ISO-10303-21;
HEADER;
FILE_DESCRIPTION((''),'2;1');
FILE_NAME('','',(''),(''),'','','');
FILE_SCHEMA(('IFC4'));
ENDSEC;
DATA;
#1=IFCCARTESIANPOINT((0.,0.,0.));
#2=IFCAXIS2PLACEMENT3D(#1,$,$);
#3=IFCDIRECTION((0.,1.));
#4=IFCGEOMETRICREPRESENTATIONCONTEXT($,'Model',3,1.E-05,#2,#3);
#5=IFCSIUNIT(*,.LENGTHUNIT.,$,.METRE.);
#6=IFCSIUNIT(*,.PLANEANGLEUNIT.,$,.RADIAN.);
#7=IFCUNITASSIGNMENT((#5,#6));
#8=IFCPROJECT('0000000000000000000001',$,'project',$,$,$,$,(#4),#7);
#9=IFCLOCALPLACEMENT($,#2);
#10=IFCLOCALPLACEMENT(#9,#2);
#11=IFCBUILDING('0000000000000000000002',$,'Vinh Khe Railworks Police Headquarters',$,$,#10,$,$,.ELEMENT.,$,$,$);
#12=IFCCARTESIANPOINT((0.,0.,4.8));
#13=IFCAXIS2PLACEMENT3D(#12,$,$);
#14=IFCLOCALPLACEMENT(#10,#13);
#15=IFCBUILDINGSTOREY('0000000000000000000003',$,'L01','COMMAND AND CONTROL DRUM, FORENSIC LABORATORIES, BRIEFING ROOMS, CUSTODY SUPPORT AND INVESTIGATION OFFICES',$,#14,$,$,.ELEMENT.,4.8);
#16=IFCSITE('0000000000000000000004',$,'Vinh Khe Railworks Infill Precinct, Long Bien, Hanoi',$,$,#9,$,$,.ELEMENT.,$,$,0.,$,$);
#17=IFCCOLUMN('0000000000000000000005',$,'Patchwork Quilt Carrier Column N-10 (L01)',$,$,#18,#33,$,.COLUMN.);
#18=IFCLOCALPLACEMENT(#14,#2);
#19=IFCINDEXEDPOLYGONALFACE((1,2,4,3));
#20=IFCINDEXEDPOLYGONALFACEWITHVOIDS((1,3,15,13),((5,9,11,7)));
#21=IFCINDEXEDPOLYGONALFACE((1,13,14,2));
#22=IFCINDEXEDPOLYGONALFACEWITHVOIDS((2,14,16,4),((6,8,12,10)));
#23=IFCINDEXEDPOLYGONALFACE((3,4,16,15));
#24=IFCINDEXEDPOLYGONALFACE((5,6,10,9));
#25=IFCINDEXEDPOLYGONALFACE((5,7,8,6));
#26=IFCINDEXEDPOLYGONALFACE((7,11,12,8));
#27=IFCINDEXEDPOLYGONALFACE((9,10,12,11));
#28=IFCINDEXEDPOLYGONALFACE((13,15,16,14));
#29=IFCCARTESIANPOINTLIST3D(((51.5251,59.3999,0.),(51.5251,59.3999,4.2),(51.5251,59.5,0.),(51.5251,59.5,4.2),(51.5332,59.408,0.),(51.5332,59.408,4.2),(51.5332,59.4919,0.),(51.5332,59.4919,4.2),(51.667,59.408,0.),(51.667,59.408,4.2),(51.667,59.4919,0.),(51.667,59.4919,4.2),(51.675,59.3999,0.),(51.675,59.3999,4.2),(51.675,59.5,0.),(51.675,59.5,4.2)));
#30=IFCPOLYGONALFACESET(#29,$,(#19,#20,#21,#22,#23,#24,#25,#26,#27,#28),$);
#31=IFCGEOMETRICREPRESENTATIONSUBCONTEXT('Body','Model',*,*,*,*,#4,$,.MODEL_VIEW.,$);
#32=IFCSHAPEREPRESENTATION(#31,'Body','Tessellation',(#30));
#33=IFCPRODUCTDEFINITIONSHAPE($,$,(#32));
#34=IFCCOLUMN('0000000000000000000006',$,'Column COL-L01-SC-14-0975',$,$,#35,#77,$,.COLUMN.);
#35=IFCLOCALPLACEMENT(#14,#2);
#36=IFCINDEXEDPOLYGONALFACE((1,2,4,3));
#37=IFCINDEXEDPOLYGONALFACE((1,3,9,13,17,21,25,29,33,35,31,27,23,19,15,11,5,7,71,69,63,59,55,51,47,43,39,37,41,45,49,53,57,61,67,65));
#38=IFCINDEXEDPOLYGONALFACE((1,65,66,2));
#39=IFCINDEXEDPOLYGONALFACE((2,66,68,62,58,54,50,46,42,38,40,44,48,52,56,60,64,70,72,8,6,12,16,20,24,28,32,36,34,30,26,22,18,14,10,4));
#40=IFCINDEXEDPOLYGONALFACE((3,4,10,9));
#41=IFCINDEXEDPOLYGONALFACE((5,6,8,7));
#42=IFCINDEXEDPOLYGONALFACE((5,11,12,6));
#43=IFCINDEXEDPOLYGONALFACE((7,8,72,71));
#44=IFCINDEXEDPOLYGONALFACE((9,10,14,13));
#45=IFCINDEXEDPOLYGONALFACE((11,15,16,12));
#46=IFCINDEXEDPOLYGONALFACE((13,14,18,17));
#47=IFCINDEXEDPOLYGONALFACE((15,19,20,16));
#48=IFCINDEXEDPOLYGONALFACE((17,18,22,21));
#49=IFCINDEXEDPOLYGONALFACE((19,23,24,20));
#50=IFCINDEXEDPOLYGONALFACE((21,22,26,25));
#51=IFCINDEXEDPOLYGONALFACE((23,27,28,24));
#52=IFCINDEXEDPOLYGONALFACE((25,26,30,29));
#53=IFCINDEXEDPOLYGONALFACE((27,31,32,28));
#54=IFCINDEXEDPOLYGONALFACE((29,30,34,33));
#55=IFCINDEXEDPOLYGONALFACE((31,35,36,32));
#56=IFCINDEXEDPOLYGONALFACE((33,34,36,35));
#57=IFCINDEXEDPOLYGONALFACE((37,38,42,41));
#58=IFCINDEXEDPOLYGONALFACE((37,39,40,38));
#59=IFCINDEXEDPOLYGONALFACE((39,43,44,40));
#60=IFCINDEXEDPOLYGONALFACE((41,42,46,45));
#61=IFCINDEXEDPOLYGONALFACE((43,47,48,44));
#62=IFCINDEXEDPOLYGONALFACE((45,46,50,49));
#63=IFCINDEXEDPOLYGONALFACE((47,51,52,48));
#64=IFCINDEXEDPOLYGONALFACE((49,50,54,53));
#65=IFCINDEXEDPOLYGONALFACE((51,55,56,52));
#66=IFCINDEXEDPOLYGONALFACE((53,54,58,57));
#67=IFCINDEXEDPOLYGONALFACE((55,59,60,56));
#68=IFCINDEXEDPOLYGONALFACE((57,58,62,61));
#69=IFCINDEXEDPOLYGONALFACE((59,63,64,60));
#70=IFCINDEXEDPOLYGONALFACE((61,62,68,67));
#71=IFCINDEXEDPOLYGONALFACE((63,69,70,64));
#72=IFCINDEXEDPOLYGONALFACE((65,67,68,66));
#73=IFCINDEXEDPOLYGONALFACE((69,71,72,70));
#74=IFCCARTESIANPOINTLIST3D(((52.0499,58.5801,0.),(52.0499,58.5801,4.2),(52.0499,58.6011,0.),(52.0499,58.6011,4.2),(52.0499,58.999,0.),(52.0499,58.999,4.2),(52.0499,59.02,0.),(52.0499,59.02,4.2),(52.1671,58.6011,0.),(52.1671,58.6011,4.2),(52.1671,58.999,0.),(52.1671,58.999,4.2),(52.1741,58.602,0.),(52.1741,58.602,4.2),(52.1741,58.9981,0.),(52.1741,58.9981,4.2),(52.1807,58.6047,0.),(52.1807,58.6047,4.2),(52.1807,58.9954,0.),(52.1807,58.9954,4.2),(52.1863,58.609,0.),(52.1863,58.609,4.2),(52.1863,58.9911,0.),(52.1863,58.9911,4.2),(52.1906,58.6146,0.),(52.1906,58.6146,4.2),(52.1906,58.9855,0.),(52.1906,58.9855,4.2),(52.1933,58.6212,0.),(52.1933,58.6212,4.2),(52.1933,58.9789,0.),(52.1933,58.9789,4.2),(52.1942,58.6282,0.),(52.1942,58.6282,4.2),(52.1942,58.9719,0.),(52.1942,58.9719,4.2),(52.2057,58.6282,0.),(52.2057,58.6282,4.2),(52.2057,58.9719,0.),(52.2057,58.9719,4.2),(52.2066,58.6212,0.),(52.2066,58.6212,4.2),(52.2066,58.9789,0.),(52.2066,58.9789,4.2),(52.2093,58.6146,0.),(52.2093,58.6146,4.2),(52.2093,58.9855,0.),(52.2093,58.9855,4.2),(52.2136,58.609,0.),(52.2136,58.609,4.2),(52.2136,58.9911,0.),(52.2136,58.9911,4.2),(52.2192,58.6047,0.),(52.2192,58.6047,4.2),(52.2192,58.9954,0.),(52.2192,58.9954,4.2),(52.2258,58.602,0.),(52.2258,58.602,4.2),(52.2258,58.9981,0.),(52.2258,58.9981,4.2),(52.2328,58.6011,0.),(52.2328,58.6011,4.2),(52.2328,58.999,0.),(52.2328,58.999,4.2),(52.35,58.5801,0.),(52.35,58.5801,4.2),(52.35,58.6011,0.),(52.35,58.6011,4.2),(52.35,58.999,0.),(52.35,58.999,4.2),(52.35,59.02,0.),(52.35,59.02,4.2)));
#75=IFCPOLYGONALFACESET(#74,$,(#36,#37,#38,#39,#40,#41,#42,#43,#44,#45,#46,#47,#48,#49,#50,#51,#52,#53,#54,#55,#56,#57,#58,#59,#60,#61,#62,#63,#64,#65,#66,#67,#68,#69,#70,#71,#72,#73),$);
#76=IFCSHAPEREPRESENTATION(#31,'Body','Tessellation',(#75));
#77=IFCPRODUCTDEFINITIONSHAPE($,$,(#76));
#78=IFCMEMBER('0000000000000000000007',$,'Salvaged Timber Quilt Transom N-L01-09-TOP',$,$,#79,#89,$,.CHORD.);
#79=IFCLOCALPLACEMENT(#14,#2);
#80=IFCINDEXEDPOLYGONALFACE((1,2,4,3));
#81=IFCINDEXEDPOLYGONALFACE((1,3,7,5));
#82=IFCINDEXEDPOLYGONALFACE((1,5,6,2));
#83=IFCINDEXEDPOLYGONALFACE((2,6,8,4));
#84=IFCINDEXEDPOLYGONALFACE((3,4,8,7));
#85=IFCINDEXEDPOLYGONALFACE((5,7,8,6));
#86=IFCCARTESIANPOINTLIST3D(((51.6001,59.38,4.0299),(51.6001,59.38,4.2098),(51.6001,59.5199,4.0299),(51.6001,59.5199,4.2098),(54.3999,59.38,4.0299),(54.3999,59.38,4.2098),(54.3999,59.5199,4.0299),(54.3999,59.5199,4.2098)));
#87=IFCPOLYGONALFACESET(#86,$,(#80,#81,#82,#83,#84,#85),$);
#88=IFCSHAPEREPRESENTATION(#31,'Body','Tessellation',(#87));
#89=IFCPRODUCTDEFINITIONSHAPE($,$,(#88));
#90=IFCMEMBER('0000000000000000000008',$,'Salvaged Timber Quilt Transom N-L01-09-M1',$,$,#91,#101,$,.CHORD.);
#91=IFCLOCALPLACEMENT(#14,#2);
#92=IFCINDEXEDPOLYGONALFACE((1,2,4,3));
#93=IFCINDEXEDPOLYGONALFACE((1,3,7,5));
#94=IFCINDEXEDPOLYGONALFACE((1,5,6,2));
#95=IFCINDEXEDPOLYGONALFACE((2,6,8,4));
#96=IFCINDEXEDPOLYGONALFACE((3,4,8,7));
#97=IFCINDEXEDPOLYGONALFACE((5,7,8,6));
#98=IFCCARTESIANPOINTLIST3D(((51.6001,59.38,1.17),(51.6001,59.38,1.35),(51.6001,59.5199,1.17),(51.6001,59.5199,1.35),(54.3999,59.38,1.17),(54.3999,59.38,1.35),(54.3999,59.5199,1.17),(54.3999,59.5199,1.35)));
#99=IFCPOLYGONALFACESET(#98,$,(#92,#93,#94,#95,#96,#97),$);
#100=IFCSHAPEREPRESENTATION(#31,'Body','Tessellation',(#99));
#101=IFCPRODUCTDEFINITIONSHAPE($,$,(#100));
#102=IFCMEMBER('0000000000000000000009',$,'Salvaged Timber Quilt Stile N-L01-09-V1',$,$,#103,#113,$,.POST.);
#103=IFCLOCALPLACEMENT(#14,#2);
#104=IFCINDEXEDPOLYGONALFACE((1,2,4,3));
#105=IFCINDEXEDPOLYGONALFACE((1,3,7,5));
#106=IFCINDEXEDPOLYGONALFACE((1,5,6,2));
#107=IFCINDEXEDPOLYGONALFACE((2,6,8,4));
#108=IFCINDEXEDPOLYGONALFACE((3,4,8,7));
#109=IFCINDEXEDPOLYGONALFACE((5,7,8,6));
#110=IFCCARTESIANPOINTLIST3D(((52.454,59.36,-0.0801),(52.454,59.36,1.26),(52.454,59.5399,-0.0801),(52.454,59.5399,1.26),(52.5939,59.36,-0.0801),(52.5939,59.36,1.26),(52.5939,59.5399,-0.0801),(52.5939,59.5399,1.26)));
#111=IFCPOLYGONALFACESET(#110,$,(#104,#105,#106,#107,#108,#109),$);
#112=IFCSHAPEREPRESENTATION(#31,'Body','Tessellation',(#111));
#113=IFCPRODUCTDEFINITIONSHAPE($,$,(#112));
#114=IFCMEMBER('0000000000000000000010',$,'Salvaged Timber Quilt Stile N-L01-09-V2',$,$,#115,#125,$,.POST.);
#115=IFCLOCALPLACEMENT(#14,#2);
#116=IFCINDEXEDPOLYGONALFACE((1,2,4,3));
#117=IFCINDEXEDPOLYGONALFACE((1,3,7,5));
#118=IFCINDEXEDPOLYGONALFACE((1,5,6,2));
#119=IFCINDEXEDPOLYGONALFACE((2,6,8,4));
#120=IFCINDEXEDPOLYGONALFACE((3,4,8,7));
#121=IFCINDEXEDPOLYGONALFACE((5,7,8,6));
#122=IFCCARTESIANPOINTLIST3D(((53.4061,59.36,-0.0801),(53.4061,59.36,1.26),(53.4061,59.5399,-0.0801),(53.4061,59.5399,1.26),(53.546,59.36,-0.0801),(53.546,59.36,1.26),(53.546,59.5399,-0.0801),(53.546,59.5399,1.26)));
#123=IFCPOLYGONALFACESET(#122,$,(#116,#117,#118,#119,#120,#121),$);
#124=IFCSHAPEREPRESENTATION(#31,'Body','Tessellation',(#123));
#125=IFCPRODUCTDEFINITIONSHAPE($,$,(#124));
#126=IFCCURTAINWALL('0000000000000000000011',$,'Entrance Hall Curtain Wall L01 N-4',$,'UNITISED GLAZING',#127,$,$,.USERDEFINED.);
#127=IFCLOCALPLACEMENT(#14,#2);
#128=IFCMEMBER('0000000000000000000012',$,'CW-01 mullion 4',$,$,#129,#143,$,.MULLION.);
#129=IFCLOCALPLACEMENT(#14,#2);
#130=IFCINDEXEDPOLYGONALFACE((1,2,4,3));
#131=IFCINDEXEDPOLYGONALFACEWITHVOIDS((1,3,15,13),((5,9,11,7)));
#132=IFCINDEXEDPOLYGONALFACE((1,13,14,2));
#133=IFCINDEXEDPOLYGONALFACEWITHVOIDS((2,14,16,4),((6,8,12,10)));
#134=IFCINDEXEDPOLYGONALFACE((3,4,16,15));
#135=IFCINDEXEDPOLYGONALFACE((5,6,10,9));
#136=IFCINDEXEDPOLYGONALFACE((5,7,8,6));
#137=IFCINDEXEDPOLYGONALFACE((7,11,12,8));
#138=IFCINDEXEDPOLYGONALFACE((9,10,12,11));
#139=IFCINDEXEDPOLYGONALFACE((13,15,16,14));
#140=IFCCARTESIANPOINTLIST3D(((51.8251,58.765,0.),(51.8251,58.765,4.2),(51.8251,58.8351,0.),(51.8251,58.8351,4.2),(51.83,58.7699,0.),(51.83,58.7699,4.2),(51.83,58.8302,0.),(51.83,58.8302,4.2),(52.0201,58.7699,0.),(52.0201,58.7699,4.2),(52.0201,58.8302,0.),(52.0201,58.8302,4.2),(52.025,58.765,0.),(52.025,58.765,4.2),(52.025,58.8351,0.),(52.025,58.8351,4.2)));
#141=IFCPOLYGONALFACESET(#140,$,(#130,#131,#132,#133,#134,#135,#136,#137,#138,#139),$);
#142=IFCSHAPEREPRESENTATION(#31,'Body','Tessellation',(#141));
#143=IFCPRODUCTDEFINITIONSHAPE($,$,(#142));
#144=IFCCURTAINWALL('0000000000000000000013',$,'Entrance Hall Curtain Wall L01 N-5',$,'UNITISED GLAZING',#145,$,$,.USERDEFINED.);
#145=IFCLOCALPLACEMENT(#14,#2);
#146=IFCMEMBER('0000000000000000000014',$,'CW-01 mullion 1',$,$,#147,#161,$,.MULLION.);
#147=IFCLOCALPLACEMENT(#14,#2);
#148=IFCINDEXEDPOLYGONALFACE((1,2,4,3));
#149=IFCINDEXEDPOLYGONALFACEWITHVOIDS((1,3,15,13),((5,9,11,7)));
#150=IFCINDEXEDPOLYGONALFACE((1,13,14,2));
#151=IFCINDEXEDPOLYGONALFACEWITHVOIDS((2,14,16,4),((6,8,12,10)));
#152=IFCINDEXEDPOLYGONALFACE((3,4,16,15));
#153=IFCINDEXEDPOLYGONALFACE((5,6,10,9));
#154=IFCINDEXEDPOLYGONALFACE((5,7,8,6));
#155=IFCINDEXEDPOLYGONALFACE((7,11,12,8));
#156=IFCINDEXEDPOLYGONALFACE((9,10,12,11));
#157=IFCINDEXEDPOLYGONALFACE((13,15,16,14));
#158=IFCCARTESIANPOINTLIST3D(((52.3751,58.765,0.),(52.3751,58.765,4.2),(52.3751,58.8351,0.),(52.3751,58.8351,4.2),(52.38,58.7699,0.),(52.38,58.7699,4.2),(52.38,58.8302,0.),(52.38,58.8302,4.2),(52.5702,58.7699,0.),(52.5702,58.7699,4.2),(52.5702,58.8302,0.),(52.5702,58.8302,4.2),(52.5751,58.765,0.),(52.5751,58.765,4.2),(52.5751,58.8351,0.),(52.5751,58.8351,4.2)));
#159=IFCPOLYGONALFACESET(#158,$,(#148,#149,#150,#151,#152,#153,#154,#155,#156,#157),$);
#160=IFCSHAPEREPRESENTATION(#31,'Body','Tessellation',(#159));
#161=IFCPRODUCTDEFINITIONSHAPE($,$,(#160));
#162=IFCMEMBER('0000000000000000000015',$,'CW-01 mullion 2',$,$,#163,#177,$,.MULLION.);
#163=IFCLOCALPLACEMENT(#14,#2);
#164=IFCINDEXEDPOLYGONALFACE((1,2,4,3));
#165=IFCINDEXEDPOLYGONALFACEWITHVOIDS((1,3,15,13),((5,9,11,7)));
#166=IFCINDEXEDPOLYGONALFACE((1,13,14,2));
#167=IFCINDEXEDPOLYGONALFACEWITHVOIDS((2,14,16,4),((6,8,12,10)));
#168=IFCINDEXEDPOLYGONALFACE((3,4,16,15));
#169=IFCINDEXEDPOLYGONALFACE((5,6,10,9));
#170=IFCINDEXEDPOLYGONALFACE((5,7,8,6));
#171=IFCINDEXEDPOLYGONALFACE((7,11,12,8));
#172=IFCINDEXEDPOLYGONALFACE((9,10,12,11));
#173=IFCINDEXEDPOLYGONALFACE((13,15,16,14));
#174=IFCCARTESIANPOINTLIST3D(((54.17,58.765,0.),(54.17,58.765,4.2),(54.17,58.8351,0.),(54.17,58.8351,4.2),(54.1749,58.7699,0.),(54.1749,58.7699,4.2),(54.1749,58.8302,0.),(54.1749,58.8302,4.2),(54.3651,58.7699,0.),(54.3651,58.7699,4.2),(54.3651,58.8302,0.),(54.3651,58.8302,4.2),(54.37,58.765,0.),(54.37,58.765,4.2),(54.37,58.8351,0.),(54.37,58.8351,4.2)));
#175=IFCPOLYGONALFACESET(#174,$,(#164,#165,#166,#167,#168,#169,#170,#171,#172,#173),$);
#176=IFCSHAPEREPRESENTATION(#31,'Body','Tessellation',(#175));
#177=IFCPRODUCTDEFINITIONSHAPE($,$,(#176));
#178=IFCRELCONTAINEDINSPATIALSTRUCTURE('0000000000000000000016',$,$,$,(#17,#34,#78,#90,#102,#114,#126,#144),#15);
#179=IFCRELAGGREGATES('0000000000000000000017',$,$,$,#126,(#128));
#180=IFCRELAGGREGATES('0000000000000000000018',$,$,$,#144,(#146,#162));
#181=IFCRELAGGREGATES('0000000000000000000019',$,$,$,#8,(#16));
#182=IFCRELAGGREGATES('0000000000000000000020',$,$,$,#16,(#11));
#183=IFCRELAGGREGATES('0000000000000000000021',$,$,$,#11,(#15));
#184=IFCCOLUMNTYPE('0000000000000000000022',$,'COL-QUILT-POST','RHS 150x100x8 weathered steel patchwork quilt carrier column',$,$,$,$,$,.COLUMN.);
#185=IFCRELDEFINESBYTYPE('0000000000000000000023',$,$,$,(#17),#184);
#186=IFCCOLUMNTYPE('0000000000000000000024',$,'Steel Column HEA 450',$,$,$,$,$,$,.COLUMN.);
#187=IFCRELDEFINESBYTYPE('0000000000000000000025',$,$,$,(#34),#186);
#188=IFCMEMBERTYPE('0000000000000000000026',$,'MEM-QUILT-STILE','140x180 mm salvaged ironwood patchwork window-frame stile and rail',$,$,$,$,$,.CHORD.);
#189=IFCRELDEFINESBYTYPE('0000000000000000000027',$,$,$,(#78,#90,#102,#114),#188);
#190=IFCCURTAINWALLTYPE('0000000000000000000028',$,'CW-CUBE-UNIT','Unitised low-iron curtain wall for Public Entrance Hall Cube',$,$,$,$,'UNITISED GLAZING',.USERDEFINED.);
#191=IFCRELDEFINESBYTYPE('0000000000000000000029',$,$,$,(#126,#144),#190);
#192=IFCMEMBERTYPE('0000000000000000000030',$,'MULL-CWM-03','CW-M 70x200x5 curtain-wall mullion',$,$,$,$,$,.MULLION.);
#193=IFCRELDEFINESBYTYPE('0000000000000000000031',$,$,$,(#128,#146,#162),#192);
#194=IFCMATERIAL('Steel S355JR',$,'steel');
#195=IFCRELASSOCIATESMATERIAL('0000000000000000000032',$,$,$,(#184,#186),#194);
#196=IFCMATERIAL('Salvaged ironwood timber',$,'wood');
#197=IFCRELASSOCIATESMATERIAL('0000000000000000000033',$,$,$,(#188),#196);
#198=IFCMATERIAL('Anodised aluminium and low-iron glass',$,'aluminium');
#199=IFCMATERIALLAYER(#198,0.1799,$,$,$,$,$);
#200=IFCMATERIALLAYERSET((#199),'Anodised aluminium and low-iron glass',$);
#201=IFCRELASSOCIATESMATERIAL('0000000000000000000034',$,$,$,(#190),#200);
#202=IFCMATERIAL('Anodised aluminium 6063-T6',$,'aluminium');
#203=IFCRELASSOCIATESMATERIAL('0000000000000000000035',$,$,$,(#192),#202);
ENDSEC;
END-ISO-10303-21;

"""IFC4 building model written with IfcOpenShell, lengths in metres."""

from ifc_helpers import new_model, si_unit, direction, frame, origin, origin_2d, place, context, subcontext, project, spatial, rectangle, hollow_rectangle, i_section, extrude, material, layer, layer_set, material_profile, profile_set, type_object, element, aggregate, save


model = new_model("IFC4")

# Units and contexts
model_context = context("Model", 3, precision=1e-05, world=origin(), true_north=direction((0.0, 1.0)))
body_context = subcontext(model_context, "Body", "Model", "MODEL_VIEW")
ifc_project = project(units=[si_unit("LENGTHUNIT", "METRE"), si_unit("PLANEANGLEUNIT", "RADIAN")], contexts=[model_context])

# Site, building, storey
site_placement = place(None, origin())
site = spatial("IfcSite", under=ifc_project, at=site_placement, Name="Vinh Khe Railworks Infill Precinct, Long Bien, Hanoi", CompositionType="ELEMENT", RefElevation=0.0)
building_placement = place(site_placement, origin())
building = spatial("IfcBuilding", under=site, at=building_placement, Name="Vinh Khe Railworks Police Headquarters", CompositionType="ELEMENT")
storey_placement = place(building_placement, frame((0.0, 0.0, 4.8)))
storey = spatial("IfcBuildingStorey", under=building, at=storey_placement, Name="L01", Description="COMMAND AND CONTROL DRUM, FORENSIC LABORATORIES, BRIEFING ROOMS, CUSTODY SUPPORT AND INVESTIGATION OFFICES", CompositionType="ELEMENT", Elevation=4.8)

# Columns
ifc_material_1 = material(Name="Steel S355JR", Category="steel")
ifc_material_profile_1 = material_profile(ifc_material_1, hollow_rectangle(XDim=0.1499, YDim=0.1001, WallThickness=0.0081, at=origin_2d()), Name="RHS 150x100x8")
ifc_profile_set_1 = profile_set([ifc_material_profile_1], Name="Steel S355JR")
column_type_1 = type_object("IfcColumnType", Name="COL-QUILT-POST", Description="RHS 150x100x8 weathered steel patchwork quilt carrier column", PredefinedType="COLUMN", material=ifc_profile_set_1)
column_1_placement = place(storey_placement, frame((51.6001, 59.45, 0.0), z_axis=(0.0, 0.0, 1.0), x_axis=(1.0, 0.0, 0.0)))
element("IfcColumn", 1, at=column_1_placement, inside=storey, type_object=column_type_1, Name="Patchwork Quilt Carrier Column N-10 (L01)", PredefinedType="COLUMN", context=body_context, shape_type="SweptSolid", body=[
    extrude(hollow_rectangle(XDim=0.1499, YDim=0.1001, WallThickness=0.0081, at=origin_2d()), origin(), (0.0, 0.0, 1.0), 4.2),
])
ifc_material_profile_2 = material_profile(ifc_material_1, i_section(OverallWidth=0.3, OverallDepth=0.4399, WebThickness=0.0115, FlangeThickness=0.021, FilletRadius=0.0271, at=origin_2d()), Name="HEA 450")
ifc_profile_set_2 = profile_set([ifc_material_profile_2], Name="Steel S355JR")
column_type_2 = type_object("IfcColumnType", Name="Steel Column HEA 450", PredefinedType="COLUMN", material=ifc_profile_set_2)
column_2_placement = place(storey_placement, frame((52.2, 58.8, 0.0), z_axis=(0.0, 0.0, 1.0), x_axis=(1.0, 0.0, 0.0)))
element("IfcColumn", 2, at=column_2_placement, inside=storey, type_object=column_type_2, Name="Column COL-L01-SC-14-0975", PredefinedType="COLUMN", context=body_context, shape_type="SweptSolid", body=[
    extrude(i_section(OverallWidth=0.3, OverallDepth=0.4399, WebThickness=0.0115, FlangeThickness=0.021, FilletRadius=0.0271, at=origin_2d()), origin(), (0.0, 0.0, 1.0), 4.2),
])

# Members
ifc_material_2 = material(Name="Salvaged ironwood timber", Category="wood")
ifc_material_profile_3 = material_profile(ifc_material_2, rectangle(XDim=0.1399, YDim=0.1799, at=origin_2d()), Name="TIMBER 140x180")
ifc_profile_set_3 = profile_set([ifc_material_profile_3], Name="Salvaged ironwood timber")
member_type_1 = type_object("IfcMemberType", Name="MEM-QUILT-STILE", Description="140x180 mm salvaged ironwood patchwork window-frame stile and rail", PredefinedType="CHORD", material=ifc_profile_set_3)
for number, where, z_axis, x_axis, name in (
    (3, (51.6001, 59.45, 4.1199), (1.0, 0.0, 0.0), (0.0, 1.0, 0.0), "Salvaged Timber Quilt Transom N-L01-09-TOP"),
    (4, (51.6001, 59.45, 1.26), (1.0, 0.0, 0.0), (0.0, 1.0, 0.0), "Salvaged Timber Quilt Transom N-L01-09-M1"),
):
    element("IfcMember", number, at=place(storey_placement, frame(where, z_axis=z_axis, x_axis=x_axis)), inside=storey, type_object=member_type_1, Name=name, PredefinedType="CHORD", context=body_context, shape_type="SweptSolid", body=[
        extrude(rectangle(XDim=0.1399, YDim=0.1799, at=origin_2d()), origin(), (0.0, 0.0, 1.0), 2.7998),
    ])
for number, where, z_axis, x_axis, name in (
    (5, (52.5239, 59.45, -0.0801), (0.0, 0.0, 1.0), (1.0, 0.0, 0.0), "Salvaged Timber Quilt Stile N-L01-09-V1"),
    (6, (53.4761, 59.45, -0.0801), (0.0, 0.0, 1.0), (1.0, 0.0, 0.0), "Salvaged Timber Quilt Stile N-L01-09-V2"),
):
    element("IfcMember", number, at=place(storey_placement, frame(where, z_axis=z_axis, x_axis=x_axis)), inside=storey, type_object=member_type_1, Name=name, PredefinedType="POST", context=body_context, shape_type="SweptSolid", body=[
        extrude(rectangle(XDim=0.1399, YDim=0.1799, at=origin_2d()), origin(), (0.0, 0.0, 1.0), 1.3401),
    ])

# Curtain wall, member
ifc_material_3 = material(Name="Anodised aluminium and low-iron glass", Category="aluminium")
ifc_layer_1 = layer(ifc_material_3, 0.1799)
ifc_layer_set_1 = layer_set([ifc_layer_1], Name="Anodised aluminium and low-iron glass")
curtain_wall_type = type_object("IfcCurtainWallType", Name="CW-CUBE-UNIT", Description="Unitised low-iron curtain wall for Public Entrance Hall Cube", ElementType="UNITISED GLAZING", PredefinedType="USERDEFINED", material=ifc_layer_set_1)
curtain_wall_1_placement = place(storey_placement, origin())
curtain_wall_1 = element("IfcCurtainWall", 7, at=curtain_wall_1_placement, inside=storey, type_object=curtain_wall_type, Name="Entrance Hall Curtain Wall L01 N-4", ObjectType="UNITISED GLAZING", PredefinedType="USERDEFINED")
ifc_material_4 = material(Name="Anodised aluminium 6063-T6", Category="aluminium")
ifc_material_profile_4 = material_profile(ifc_material_4, hollow_rectangle(XDim=0.0701, YDim=0.2, WallThickness=0.0049, at=origin_2d()), Name="CW-M 70x200x5")
ifc_profile_set_4 = profile_set([ifc_material_profile_4], Name="Anodised aluminium 6063-T6")
member_type_2 = type_object("IfcMemberType", Name="MULL-CWM-03", Description="CW-M 70x200x5 curtain-wall mullion", PredefinedType="MULLION", material=ifc_profile_set_4)
member_1_placement = place(storey_placement, frame((51.925, 58.8, 0.0), z_axis=(0.0, 0.0, 1.0), x_axis=(0.0, 1.0, 0.0)))
member_1 = element("IfcMember", 8, at=member_1_placement, type_object=member_type_2, Name="CW-01 mullion 4", PredefinedType="MULLION", context=body_context, shape_type="SweptSolid", body=[
    extrude(hollow_rectangle(XDim=0.0701, YDim=0.2, WallThickness=0.0049, at=origin_2d()), origin(), (0.0, 0.0, 1.0), 4.2),
])
aggregate(curtain_wall_1, [member_1])

# Curtain wall, members
curtain_wall_2_placement = place(storey_placement, origin())
curtain_wall_2 = element("IfcCurtainWall", 9, at=curtain_wall_2_placement, inside=storey, type_object=curtain_wall_type, Name="Entrance Hall Curtain Wall L01 N-5", ObjectType="UNITISED GLAZING", PredefinedType="USERDEFINED")
member_2_placement = place(storey_placement, frame((52.4751, 58.8, 0.0), z_axis=(0.0, 0.0, 1.0), x_axis=(0.0, 1.0, 0.0)))
member_2 = element("IfcMember", 10, at=member_2_placement, type_object=member_type_2, Name="CW-01 mullion 1", PredefinedType="MULLION", context=body_context, shape_type="SweptSolid", body=[
    extrude(hollow_rectangle(XDim=0.0701, YDim=0.2, WallThickness=0.0049, at=origin_2d()), origin(), (0.0, 0.0, 1.0), 4.2),
])
member_3_placement = place(storey_placement, frame((54.27, 58.8, 0.0), z_axis=(0.0, 0.0, 1.0), x_axis=(0.0, 1.0, 0.0)))
member_3 = element("IfcMember", 11, at=member_3_placement, type_object=member_type_2, Name="CW-01 mullion 2", PredefinedType="MULLION", context=body_context, shape_type="SweptSolid", body=[
    extrude(hollow_rectangle(XDim=0.0701, YDim=0.2, WallThickness=0.0049, at=origin_2d()), origin(), (0.0, 0.0, 1.0), 4.2),
])

aggregate(curtain_wall_2, [member_2, member_3])

save(model, "model.ifc")
